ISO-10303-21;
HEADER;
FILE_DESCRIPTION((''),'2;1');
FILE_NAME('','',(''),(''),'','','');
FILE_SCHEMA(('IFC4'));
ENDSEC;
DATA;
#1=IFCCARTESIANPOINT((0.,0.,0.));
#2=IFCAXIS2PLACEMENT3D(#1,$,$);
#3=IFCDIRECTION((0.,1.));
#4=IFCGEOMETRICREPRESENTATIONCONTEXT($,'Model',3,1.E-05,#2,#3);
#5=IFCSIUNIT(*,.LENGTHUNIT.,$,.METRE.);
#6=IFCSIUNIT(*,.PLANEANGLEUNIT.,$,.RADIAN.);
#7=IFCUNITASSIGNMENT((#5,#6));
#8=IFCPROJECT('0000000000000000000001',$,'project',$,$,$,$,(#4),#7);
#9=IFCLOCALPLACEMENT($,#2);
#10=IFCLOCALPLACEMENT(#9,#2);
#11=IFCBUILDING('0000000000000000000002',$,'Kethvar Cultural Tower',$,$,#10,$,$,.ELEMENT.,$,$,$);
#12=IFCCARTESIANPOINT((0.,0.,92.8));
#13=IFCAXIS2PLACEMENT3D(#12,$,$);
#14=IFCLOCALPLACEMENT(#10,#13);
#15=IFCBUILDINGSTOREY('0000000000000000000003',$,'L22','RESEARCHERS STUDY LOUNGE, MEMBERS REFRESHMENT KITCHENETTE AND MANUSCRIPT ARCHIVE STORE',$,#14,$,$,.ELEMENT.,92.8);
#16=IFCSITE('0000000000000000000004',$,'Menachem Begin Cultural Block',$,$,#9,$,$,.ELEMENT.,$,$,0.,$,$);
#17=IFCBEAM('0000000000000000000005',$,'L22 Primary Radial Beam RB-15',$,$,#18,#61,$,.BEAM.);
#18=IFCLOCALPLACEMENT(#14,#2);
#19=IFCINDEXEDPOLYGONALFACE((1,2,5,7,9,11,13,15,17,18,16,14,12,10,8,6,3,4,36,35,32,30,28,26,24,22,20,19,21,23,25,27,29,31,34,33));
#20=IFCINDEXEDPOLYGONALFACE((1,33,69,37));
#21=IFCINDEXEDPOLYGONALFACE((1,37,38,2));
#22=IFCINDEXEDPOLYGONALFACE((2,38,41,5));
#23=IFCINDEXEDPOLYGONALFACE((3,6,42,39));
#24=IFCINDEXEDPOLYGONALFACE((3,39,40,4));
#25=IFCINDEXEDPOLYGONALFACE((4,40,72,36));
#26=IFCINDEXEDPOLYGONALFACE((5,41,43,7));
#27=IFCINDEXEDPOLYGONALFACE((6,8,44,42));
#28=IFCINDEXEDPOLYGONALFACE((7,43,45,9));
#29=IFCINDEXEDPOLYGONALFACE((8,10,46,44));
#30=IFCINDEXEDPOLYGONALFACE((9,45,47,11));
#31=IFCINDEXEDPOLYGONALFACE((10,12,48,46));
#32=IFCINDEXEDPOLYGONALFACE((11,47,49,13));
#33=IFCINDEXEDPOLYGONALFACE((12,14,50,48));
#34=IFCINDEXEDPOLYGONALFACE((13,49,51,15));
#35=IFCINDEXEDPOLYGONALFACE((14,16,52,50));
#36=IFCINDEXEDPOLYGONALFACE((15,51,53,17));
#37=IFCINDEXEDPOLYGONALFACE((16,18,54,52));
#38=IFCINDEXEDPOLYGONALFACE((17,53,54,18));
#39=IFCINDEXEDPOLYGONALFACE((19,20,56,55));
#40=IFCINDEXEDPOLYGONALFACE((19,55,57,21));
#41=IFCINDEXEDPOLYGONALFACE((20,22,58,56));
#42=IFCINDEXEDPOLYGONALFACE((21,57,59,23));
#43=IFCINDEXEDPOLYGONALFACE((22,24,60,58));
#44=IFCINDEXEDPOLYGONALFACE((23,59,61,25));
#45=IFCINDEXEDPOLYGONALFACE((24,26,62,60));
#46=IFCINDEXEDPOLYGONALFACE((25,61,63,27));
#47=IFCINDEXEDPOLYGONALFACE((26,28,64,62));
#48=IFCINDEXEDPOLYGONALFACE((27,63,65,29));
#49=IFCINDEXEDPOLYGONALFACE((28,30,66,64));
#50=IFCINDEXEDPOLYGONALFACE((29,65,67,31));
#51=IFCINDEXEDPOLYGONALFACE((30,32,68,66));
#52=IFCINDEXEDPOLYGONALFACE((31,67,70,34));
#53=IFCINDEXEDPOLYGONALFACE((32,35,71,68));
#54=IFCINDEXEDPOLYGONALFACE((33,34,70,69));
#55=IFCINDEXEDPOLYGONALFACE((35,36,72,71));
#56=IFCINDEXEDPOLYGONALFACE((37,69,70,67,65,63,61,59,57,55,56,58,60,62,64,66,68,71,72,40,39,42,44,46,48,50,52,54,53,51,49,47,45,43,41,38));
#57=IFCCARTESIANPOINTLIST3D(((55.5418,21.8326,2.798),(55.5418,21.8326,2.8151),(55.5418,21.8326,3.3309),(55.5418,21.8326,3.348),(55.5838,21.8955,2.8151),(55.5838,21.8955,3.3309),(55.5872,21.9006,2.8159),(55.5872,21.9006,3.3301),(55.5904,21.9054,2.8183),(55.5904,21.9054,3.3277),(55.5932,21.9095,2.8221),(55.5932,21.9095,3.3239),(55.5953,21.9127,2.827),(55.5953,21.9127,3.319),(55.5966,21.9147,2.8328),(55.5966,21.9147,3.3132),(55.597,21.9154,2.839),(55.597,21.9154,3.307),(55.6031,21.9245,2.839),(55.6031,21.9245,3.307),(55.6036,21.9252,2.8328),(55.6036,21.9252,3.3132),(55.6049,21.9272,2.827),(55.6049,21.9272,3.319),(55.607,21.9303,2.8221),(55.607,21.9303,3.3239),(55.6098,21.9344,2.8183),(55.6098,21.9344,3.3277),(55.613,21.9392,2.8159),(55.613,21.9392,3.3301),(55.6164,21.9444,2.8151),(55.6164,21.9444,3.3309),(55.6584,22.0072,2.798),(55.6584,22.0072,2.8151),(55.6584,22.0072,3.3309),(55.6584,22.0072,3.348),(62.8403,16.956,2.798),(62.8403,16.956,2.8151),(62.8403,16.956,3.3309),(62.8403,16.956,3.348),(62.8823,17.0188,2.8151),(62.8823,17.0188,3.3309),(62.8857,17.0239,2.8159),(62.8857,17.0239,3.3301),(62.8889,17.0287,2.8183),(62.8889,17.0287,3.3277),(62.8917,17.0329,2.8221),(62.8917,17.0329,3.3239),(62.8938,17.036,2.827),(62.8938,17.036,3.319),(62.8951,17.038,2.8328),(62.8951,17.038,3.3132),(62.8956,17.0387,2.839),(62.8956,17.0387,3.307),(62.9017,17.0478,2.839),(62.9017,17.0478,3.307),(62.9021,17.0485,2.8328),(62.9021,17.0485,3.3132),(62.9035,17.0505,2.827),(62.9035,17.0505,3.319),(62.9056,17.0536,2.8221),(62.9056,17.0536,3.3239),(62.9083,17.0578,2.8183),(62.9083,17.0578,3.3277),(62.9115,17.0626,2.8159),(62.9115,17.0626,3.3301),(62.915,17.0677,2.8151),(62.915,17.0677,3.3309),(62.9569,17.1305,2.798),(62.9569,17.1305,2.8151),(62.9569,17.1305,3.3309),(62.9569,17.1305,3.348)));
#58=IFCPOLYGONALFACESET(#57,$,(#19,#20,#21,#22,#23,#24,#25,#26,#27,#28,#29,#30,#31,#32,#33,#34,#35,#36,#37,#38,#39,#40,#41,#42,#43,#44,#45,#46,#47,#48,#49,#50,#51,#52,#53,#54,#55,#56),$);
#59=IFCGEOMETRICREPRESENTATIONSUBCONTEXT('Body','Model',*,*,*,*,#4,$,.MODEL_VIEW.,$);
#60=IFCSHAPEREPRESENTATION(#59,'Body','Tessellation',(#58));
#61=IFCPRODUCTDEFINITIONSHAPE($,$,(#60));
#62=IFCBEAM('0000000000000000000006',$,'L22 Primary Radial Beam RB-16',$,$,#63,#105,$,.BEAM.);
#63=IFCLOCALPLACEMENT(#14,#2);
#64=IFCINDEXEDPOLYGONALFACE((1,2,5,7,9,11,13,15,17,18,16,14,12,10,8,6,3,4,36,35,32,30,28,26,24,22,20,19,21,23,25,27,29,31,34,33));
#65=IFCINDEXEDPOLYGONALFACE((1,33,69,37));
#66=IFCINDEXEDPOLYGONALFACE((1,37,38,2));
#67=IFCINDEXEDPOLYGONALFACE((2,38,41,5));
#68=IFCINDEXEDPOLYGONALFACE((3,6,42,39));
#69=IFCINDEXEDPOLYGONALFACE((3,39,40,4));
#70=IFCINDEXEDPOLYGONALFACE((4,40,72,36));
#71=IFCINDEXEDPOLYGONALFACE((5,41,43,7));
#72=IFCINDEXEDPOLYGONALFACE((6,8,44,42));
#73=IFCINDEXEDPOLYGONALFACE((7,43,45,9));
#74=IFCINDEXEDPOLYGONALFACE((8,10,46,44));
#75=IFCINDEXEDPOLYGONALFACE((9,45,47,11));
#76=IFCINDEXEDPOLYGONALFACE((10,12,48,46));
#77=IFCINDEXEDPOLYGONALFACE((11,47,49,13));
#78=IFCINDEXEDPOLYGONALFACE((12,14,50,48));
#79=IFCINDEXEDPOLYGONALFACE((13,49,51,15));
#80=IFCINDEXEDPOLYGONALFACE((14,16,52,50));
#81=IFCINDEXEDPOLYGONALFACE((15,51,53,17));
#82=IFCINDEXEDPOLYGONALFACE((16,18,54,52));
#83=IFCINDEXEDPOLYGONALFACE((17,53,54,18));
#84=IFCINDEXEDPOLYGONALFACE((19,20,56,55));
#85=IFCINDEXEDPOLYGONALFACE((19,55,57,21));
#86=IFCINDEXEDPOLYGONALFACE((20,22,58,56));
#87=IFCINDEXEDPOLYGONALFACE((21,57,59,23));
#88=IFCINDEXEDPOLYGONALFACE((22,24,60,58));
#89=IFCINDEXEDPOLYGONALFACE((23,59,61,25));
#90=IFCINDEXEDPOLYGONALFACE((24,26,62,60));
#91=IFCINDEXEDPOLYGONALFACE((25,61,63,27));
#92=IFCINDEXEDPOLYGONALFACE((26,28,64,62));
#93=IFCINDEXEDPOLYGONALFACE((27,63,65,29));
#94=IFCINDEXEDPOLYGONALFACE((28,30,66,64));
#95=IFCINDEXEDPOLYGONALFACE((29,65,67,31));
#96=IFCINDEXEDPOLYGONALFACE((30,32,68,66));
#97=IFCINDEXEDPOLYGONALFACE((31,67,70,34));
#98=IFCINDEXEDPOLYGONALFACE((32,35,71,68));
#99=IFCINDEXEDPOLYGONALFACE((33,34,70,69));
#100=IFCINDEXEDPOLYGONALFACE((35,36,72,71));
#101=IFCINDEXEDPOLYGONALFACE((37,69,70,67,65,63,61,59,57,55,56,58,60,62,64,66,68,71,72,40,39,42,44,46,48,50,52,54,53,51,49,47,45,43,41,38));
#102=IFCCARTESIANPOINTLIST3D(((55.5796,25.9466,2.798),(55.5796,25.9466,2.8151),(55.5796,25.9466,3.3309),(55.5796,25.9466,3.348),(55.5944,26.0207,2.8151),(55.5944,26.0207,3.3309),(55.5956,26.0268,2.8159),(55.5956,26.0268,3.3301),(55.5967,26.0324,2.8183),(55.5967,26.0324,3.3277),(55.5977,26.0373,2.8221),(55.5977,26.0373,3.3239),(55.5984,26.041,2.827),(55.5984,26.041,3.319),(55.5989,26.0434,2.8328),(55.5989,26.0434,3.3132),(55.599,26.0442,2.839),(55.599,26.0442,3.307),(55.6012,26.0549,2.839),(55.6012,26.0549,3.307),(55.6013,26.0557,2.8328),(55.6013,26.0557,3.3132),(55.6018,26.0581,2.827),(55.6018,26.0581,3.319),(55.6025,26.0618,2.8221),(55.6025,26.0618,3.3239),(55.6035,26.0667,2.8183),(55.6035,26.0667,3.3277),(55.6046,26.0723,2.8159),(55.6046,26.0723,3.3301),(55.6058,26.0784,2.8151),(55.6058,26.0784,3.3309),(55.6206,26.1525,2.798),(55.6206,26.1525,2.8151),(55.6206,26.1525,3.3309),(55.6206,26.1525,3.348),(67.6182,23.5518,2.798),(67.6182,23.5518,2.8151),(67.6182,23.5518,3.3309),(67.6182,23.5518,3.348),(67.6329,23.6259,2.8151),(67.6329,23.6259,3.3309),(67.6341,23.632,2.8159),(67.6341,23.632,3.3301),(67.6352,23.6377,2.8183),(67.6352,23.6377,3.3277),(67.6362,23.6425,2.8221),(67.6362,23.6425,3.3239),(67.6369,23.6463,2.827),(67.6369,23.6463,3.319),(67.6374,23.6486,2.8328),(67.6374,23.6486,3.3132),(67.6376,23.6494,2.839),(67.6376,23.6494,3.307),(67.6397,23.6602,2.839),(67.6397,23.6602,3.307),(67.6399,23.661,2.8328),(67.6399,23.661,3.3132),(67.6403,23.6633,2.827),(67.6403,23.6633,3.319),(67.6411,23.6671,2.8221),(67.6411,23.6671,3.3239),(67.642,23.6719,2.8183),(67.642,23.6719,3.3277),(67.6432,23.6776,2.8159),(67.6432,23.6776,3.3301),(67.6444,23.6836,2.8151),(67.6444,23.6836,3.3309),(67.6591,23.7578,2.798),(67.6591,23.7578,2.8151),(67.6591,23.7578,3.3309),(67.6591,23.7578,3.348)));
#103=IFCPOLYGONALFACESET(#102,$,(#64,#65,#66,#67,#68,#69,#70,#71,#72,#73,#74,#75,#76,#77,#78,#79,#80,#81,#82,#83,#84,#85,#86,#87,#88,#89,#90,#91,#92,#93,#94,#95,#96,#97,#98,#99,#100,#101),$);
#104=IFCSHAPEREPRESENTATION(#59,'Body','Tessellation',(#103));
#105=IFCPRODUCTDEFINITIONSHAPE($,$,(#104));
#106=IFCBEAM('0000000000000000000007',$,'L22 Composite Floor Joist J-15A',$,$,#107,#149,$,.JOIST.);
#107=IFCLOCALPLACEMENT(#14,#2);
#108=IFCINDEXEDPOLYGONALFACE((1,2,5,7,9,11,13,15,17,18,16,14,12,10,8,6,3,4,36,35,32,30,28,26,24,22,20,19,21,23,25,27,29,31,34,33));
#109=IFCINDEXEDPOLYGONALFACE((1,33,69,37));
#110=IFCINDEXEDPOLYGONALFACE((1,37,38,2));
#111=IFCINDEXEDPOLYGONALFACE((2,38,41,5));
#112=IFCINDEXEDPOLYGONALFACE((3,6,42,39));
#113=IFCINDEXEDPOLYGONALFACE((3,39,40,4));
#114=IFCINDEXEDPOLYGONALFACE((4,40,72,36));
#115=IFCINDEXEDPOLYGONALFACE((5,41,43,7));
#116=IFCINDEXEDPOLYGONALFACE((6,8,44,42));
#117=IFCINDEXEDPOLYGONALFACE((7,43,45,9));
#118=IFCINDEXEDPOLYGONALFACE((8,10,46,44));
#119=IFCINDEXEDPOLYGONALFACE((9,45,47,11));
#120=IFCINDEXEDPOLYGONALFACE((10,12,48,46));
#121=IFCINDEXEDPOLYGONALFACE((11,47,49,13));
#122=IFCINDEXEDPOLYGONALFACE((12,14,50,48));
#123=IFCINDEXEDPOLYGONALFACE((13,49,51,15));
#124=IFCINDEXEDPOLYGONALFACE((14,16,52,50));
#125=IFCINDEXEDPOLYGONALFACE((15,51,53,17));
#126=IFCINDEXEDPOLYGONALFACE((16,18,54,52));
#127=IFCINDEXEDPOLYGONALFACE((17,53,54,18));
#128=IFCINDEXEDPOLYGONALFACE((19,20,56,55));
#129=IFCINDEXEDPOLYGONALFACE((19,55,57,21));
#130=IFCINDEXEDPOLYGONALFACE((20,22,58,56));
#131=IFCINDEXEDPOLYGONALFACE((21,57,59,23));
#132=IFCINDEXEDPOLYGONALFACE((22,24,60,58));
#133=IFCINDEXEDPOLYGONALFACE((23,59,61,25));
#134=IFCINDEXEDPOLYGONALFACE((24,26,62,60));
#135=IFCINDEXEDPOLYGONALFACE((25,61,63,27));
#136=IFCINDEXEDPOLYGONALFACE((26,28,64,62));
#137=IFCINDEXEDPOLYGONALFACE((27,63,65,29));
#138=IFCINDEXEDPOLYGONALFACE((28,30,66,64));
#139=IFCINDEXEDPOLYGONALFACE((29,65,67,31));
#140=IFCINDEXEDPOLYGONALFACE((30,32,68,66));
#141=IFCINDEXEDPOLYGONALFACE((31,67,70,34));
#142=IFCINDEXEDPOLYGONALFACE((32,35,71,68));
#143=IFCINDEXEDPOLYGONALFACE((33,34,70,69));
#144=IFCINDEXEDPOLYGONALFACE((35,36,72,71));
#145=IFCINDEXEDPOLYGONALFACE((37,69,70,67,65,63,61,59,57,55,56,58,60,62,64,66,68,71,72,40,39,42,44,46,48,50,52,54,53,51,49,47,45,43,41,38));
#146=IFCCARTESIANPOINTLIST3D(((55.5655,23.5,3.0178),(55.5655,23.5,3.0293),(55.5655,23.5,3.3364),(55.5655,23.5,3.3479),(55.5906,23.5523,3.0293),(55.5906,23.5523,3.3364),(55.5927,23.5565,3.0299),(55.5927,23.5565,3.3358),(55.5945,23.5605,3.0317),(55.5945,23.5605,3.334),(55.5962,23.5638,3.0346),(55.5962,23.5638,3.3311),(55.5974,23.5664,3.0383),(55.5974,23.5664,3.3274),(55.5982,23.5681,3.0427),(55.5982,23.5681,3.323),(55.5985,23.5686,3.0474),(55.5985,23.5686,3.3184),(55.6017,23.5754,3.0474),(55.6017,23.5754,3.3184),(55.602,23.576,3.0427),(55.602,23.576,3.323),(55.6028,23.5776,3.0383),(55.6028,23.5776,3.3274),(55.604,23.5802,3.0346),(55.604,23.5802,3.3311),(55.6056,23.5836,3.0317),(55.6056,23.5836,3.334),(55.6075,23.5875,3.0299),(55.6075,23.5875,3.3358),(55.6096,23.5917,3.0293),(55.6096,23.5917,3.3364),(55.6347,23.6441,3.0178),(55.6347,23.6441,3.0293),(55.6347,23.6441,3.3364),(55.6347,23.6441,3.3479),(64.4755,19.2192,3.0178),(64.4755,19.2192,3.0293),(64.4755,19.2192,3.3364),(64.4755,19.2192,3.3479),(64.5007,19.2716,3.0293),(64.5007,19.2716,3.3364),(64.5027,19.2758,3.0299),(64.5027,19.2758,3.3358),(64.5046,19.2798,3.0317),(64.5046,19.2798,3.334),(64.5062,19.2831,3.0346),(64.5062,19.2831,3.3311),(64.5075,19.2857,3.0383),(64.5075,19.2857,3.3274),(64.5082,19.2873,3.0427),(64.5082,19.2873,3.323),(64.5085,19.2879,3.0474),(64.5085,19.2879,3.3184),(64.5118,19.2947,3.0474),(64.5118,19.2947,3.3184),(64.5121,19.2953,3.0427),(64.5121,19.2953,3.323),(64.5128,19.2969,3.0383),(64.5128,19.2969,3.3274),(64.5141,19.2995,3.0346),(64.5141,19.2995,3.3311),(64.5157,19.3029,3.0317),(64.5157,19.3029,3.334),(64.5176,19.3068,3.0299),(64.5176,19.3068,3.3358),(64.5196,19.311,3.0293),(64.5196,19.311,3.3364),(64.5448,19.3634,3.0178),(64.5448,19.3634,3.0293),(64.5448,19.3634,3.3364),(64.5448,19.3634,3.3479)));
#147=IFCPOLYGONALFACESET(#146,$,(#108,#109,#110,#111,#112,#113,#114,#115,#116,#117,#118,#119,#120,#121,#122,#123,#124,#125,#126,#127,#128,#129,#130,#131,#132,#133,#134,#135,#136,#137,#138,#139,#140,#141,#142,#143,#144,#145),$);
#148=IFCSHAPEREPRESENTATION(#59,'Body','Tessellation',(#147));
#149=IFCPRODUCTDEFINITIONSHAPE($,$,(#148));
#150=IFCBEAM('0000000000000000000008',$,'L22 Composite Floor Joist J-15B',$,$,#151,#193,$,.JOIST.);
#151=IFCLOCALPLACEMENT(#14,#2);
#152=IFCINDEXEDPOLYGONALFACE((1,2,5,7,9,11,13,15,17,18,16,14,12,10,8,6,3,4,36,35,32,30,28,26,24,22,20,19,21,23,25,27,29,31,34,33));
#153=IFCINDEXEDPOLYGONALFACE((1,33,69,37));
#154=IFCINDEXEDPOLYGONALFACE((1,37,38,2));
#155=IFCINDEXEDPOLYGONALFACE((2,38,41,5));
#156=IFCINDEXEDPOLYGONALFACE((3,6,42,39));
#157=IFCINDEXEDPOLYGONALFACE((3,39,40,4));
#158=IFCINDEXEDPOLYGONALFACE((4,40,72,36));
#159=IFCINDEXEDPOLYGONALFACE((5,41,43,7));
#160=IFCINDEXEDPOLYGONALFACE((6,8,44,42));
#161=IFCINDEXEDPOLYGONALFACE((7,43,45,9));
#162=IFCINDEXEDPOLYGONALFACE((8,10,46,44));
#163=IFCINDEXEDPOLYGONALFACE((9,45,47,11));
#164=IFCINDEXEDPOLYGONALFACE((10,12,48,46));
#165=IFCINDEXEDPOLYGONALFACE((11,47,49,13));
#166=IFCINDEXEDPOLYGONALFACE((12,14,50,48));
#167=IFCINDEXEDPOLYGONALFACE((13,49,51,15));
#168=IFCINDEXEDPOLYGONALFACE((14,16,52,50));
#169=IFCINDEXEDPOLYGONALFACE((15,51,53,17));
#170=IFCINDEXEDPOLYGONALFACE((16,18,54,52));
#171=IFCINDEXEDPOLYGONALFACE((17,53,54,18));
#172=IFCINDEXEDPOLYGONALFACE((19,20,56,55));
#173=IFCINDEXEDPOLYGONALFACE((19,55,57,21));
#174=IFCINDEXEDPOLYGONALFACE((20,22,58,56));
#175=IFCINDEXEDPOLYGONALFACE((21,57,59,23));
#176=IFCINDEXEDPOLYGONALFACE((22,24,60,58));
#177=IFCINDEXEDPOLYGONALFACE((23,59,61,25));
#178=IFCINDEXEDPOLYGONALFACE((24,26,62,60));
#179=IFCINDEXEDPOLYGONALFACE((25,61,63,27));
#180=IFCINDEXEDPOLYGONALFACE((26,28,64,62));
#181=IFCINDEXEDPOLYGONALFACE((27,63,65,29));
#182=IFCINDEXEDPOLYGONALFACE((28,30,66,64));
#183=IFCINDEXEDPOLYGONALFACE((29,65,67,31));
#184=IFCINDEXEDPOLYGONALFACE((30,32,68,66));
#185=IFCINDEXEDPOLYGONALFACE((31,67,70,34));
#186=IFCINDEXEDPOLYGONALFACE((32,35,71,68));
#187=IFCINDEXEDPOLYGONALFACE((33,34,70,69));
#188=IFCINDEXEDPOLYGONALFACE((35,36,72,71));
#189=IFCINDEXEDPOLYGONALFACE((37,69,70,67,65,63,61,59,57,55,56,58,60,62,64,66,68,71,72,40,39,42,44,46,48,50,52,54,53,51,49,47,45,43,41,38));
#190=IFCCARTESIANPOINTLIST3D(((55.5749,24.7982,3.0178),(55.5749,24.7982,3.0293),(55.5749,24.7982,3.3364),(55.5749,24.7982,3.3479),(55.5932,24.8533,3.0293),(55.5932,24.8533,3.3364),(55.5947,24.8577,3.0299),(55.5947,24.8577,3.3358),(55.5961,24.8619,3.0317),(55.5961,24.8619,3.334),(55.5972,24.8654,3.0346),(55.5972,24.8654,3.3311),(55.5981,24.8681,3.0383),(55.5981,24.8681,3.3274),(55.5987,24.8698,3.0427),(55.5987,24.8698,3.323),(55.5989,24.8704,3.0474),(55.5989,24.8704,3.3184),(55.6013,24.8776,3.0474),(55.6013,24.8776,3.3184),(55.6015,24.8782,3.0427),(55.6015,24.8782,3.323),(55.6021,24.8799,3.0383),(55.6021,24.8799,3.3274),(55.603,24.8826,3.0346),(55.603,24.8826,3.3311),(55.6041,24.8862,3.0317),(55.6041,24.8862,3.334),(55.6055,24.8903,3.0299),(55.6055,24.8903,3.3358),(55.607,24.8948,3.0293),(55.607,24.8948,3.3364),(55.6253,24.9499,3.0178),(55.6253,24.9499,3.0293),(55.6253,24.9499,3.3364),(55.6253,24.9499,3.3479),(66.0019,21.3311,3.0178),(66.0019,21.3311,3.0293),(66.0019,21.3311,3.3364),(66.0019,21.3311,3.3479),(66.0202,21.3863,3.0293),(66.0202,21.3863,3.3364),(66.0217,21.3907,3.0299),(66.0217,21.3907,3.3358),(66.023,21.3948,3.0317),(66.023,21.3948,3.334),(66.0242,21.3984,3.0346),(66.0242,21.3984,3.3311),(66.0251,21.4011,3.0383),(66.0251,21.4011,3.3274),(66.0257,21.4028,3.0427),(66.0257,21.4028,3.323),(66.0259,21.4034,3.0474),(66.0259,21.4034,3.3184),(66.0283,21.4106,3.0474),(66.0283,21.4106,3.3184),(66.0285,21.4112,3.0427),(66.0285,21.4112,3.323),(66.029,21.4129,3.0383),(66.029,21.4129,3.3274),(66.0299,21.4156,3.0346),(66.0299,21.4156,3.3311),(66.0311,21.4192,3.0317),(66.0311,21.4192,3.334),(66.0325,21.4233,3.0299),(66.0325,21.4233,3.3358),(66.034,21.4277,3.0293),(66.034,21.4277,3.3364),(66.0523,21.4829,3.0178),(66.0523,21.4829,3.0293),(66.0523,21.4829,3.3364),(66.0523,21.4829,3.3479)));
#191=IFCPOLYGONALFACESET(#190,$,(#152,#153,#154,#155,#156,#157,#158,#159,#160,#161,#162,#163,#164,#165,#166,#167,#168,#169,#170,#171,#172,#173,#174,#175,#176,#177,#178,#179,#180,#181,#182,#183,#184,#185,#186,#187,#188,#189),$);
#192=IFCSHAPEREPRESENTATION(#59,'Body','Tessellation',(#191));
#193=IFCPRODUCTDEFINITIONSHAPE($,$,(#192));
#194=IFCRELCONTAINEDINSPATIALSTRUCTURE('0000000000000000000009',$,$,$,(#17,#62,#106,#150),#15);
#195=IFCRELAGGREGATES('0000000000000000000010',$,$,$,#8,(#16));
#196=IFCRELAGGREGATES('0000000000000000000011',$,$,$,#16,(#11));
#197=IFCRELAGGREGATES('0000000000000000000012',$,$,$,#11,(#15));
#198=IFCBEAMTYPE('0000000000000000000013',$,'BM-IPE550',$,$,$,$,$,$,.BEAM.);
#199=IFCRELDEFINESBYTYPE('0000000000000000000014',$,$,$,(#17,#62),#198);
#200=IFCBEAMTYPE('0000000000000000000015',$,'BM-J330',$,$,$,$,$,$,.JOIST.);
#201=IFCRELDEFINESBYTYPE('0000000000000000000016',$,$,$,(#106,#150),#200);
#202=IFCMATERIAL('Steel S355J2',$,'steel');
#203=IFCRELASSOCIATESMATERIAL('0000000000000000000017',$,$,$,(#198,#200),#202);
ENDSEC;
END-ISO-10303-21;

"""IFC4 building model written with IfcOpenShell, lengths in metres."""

from ifc_helpers import new_model, si_unit, direction, frame, origin, origin_2d, place, context, subcontext, project, spatial, i_section, extrude, source, transform, mapped, material, material_profile, profile_set, type_object, element, save


model = new_model("IFC4")

# Units and contexts
model_context = context("Model", 3, precision=1e-05, world=origin(), true_north=direction((0.0, 1.0)))
body_context = subcontext(model_context, "Body", "Model", "MODEL_VIEW")
ifc_project = project(units=[si_unit("LENGTHUNIT", "METRE"), si_unit("PLANEANGLEUNIT", "RADIAN")], contexts=[model_context])

# Site, building, storey
site_placement = place(None, origin())
site = spatial("IfcSite", under=ifc_project, at=site_placement, Name="Menachem Begin Cultural Block", CompositionType="ELEMENT", RefElevation=0.0)
building_placement = place(site_placement, origin())
building = spatial("IfcBuilding", under=site, at=building_placement, Name="Kethvar Cultural Tower", CompositionType="ELEMENT")
storey_placement = place(building_placement, frame((0.0, 0.0, 92.8)))
storey = spatial("IfcBuildingStorey", under=building, at=storey_placement, Name="L22", Description="RESEARCHERS STUDY LOUNGE, MEMBERS REFRESHMENT KITCHENETTE AND MANUSCRIPT ARCHIVE STORE", CompositionType="ELEMENT", Elevation=92.8)

# Beams
ifc_material_1 = material(Name="Steel S355J2", Category="steel")
ifc_material_profile_1 = material_profile(ifc_material_1, i_section(OverallWidth=0.21, OverallDepth=0.55, WebThickness=0.011, FlangeThickness=0.0171, FilletRadius=0.0239, at=origin_2d()), Name="Steel S355J2 — IPE550")
ifc_profile_set_1 = profile_set([ifc_material_profile_1], Name="Steel S355J2 — IPE550")
beam_type_1 = type_object("IfcBeamType", Name="BM-IPE550", PredefinedType="BEAM", material=ifc_profile_set_1)
shared_shape_1 = source(origin(), body_context, "Body", "SweptSolid", [
    extrude(i_section(OverallWidth=0.21, OverallDepth=0.55, WebThickness=0.011, FlangeThickness=0.0171, FilletRadius=0.0239, at=origin_2d()), origin(), (0.0, 0.0, 1.0), 8.7778),
])
beam_1_placement = place(storey_placement, frame((55.6001, 21.9199, 3.073), z_axis=(0.831472, -0.555566, 0.0), x_axis=(0.555566, 0.831472, 0.0)))
element("IfcBeam", 1, at=beam_1_placement, inside=storey, type_object=beam_type_1, Name="L22 Primary Radial Beam RB-15", PredefinedType="BEAM", context=body_context, shape_type="MappedRepresentation", body=[
    mapped(shared_shape_1, transform((0.0, 0.0, 0.0), scale=1.0)),
])
shared_shape_2 = source(origin(), body_context, "Body", "SweptSolid", [
    extrude(i_section(OverallWidth=0.21, OverallDepth=0.55, WebThickness=0.011, FlangeThickness=0.0171, FilletRadius=0.0239, at=origin_2d()), origin(), (0.0, 0.0, 1.0), 12.2744),
])
beam_2_placement = place(storey_placement, frame((55.6001, 26.0496, 3.073), z_axis=(0.980783, -0.195102, 0.0), x_axis=(0.195102, 0.980783, 0.0)))
element("IfcBeam", 2, at=beam_2_placement, inside=storey, type_object=beam_type_1, Name="L22 Primary Radial Beam RB-16", PredefinedType="BEAM", context=body_context, shape_type="MappedRepresentation", body=[
    mapped(shared_shape_2, transform((0.0, 0.0, 0.0), scale=1.0)),
])
ifc_material_profile_2 = material_profile(ifc_material_1, i_section(OverallWidth=0.1599, OverallDepth=0.3301, WebThickness=0.0076, FlangeThickness=0.0115, FilletRadius=0.0181, at=origin_2d()), Name="Steel S355J2 — IPE330")
ifc_profile_set_2 = profile_set([ifc_material_profile_2], Name="Steel S355J2 — IPE330")
beam_type_2 = type_object("IfcBeamType", Name="BM-J330", PredefinedType="JOIST", material=ifc_profile_set_2)
shared_shape_3 = source(origin(), body_context, "Body", "SweptSolid", [
    extrude(i_section(OverallWidth=0.1599, OverallDepth=0.3301, WebThickness=0.0076, FlangeThickness=0.0115, FilletRadius=0.0181, at=origin_2d()), origin(), (0.0, 0.0, 1.0), 9.885),
])
beam_3_placement = place(storey_placement, frame((55.6001, 23.572, 3.1829), z_axis=(0.90137, -0.433051, 0.0), x_axis=(0.433051, 0.90137, 0.0)))
element("IfcBeam", 3, at=beam_3_placement, inside=storey, type_object=beam_type_2, Name="L22 Composite Floor Joist J-15A", PredefinedType="JOIST", context=body_context, shape_type="MappedRepresentation", body=[
    mapped(shared_shape_3, transform((0.0, 0.0, 0.0), scale=1.0)),
])
shared_shape_4 = source(origin(), body_context, "Body", "SweptSolid", [
    extrude(i_section(OverallWidth=0.1599, OverallDepth=0.3301, WebThickness=0.0076, FlangeThickness=0.0115, FilletRadius=0.0181, at=origin_2d()), origin(), (0.0, 0.0, 1.0), 10.9883),
])
beam_4_placement = place(storey_placement, frame((55.6001, 24.874, 3.1829), z_axis=(0.948919, -0.315521, 0.0), x_axis=(0.315521, 0.948919, 0.0)))
element("IfcBeam", 4, at=beam_4_placement, inside=storey, type_object=beam_type_2, Name="L22 Composite Floor Joist J-15B", PredefinedType="JOIST", context=body_context, shape_type="MappedRepresentation", body=[
    mapped(shared_shape_4, transform((0.0, 0.0, 0.0), scale=1.0)),
])

save(model, "model.ifc")
